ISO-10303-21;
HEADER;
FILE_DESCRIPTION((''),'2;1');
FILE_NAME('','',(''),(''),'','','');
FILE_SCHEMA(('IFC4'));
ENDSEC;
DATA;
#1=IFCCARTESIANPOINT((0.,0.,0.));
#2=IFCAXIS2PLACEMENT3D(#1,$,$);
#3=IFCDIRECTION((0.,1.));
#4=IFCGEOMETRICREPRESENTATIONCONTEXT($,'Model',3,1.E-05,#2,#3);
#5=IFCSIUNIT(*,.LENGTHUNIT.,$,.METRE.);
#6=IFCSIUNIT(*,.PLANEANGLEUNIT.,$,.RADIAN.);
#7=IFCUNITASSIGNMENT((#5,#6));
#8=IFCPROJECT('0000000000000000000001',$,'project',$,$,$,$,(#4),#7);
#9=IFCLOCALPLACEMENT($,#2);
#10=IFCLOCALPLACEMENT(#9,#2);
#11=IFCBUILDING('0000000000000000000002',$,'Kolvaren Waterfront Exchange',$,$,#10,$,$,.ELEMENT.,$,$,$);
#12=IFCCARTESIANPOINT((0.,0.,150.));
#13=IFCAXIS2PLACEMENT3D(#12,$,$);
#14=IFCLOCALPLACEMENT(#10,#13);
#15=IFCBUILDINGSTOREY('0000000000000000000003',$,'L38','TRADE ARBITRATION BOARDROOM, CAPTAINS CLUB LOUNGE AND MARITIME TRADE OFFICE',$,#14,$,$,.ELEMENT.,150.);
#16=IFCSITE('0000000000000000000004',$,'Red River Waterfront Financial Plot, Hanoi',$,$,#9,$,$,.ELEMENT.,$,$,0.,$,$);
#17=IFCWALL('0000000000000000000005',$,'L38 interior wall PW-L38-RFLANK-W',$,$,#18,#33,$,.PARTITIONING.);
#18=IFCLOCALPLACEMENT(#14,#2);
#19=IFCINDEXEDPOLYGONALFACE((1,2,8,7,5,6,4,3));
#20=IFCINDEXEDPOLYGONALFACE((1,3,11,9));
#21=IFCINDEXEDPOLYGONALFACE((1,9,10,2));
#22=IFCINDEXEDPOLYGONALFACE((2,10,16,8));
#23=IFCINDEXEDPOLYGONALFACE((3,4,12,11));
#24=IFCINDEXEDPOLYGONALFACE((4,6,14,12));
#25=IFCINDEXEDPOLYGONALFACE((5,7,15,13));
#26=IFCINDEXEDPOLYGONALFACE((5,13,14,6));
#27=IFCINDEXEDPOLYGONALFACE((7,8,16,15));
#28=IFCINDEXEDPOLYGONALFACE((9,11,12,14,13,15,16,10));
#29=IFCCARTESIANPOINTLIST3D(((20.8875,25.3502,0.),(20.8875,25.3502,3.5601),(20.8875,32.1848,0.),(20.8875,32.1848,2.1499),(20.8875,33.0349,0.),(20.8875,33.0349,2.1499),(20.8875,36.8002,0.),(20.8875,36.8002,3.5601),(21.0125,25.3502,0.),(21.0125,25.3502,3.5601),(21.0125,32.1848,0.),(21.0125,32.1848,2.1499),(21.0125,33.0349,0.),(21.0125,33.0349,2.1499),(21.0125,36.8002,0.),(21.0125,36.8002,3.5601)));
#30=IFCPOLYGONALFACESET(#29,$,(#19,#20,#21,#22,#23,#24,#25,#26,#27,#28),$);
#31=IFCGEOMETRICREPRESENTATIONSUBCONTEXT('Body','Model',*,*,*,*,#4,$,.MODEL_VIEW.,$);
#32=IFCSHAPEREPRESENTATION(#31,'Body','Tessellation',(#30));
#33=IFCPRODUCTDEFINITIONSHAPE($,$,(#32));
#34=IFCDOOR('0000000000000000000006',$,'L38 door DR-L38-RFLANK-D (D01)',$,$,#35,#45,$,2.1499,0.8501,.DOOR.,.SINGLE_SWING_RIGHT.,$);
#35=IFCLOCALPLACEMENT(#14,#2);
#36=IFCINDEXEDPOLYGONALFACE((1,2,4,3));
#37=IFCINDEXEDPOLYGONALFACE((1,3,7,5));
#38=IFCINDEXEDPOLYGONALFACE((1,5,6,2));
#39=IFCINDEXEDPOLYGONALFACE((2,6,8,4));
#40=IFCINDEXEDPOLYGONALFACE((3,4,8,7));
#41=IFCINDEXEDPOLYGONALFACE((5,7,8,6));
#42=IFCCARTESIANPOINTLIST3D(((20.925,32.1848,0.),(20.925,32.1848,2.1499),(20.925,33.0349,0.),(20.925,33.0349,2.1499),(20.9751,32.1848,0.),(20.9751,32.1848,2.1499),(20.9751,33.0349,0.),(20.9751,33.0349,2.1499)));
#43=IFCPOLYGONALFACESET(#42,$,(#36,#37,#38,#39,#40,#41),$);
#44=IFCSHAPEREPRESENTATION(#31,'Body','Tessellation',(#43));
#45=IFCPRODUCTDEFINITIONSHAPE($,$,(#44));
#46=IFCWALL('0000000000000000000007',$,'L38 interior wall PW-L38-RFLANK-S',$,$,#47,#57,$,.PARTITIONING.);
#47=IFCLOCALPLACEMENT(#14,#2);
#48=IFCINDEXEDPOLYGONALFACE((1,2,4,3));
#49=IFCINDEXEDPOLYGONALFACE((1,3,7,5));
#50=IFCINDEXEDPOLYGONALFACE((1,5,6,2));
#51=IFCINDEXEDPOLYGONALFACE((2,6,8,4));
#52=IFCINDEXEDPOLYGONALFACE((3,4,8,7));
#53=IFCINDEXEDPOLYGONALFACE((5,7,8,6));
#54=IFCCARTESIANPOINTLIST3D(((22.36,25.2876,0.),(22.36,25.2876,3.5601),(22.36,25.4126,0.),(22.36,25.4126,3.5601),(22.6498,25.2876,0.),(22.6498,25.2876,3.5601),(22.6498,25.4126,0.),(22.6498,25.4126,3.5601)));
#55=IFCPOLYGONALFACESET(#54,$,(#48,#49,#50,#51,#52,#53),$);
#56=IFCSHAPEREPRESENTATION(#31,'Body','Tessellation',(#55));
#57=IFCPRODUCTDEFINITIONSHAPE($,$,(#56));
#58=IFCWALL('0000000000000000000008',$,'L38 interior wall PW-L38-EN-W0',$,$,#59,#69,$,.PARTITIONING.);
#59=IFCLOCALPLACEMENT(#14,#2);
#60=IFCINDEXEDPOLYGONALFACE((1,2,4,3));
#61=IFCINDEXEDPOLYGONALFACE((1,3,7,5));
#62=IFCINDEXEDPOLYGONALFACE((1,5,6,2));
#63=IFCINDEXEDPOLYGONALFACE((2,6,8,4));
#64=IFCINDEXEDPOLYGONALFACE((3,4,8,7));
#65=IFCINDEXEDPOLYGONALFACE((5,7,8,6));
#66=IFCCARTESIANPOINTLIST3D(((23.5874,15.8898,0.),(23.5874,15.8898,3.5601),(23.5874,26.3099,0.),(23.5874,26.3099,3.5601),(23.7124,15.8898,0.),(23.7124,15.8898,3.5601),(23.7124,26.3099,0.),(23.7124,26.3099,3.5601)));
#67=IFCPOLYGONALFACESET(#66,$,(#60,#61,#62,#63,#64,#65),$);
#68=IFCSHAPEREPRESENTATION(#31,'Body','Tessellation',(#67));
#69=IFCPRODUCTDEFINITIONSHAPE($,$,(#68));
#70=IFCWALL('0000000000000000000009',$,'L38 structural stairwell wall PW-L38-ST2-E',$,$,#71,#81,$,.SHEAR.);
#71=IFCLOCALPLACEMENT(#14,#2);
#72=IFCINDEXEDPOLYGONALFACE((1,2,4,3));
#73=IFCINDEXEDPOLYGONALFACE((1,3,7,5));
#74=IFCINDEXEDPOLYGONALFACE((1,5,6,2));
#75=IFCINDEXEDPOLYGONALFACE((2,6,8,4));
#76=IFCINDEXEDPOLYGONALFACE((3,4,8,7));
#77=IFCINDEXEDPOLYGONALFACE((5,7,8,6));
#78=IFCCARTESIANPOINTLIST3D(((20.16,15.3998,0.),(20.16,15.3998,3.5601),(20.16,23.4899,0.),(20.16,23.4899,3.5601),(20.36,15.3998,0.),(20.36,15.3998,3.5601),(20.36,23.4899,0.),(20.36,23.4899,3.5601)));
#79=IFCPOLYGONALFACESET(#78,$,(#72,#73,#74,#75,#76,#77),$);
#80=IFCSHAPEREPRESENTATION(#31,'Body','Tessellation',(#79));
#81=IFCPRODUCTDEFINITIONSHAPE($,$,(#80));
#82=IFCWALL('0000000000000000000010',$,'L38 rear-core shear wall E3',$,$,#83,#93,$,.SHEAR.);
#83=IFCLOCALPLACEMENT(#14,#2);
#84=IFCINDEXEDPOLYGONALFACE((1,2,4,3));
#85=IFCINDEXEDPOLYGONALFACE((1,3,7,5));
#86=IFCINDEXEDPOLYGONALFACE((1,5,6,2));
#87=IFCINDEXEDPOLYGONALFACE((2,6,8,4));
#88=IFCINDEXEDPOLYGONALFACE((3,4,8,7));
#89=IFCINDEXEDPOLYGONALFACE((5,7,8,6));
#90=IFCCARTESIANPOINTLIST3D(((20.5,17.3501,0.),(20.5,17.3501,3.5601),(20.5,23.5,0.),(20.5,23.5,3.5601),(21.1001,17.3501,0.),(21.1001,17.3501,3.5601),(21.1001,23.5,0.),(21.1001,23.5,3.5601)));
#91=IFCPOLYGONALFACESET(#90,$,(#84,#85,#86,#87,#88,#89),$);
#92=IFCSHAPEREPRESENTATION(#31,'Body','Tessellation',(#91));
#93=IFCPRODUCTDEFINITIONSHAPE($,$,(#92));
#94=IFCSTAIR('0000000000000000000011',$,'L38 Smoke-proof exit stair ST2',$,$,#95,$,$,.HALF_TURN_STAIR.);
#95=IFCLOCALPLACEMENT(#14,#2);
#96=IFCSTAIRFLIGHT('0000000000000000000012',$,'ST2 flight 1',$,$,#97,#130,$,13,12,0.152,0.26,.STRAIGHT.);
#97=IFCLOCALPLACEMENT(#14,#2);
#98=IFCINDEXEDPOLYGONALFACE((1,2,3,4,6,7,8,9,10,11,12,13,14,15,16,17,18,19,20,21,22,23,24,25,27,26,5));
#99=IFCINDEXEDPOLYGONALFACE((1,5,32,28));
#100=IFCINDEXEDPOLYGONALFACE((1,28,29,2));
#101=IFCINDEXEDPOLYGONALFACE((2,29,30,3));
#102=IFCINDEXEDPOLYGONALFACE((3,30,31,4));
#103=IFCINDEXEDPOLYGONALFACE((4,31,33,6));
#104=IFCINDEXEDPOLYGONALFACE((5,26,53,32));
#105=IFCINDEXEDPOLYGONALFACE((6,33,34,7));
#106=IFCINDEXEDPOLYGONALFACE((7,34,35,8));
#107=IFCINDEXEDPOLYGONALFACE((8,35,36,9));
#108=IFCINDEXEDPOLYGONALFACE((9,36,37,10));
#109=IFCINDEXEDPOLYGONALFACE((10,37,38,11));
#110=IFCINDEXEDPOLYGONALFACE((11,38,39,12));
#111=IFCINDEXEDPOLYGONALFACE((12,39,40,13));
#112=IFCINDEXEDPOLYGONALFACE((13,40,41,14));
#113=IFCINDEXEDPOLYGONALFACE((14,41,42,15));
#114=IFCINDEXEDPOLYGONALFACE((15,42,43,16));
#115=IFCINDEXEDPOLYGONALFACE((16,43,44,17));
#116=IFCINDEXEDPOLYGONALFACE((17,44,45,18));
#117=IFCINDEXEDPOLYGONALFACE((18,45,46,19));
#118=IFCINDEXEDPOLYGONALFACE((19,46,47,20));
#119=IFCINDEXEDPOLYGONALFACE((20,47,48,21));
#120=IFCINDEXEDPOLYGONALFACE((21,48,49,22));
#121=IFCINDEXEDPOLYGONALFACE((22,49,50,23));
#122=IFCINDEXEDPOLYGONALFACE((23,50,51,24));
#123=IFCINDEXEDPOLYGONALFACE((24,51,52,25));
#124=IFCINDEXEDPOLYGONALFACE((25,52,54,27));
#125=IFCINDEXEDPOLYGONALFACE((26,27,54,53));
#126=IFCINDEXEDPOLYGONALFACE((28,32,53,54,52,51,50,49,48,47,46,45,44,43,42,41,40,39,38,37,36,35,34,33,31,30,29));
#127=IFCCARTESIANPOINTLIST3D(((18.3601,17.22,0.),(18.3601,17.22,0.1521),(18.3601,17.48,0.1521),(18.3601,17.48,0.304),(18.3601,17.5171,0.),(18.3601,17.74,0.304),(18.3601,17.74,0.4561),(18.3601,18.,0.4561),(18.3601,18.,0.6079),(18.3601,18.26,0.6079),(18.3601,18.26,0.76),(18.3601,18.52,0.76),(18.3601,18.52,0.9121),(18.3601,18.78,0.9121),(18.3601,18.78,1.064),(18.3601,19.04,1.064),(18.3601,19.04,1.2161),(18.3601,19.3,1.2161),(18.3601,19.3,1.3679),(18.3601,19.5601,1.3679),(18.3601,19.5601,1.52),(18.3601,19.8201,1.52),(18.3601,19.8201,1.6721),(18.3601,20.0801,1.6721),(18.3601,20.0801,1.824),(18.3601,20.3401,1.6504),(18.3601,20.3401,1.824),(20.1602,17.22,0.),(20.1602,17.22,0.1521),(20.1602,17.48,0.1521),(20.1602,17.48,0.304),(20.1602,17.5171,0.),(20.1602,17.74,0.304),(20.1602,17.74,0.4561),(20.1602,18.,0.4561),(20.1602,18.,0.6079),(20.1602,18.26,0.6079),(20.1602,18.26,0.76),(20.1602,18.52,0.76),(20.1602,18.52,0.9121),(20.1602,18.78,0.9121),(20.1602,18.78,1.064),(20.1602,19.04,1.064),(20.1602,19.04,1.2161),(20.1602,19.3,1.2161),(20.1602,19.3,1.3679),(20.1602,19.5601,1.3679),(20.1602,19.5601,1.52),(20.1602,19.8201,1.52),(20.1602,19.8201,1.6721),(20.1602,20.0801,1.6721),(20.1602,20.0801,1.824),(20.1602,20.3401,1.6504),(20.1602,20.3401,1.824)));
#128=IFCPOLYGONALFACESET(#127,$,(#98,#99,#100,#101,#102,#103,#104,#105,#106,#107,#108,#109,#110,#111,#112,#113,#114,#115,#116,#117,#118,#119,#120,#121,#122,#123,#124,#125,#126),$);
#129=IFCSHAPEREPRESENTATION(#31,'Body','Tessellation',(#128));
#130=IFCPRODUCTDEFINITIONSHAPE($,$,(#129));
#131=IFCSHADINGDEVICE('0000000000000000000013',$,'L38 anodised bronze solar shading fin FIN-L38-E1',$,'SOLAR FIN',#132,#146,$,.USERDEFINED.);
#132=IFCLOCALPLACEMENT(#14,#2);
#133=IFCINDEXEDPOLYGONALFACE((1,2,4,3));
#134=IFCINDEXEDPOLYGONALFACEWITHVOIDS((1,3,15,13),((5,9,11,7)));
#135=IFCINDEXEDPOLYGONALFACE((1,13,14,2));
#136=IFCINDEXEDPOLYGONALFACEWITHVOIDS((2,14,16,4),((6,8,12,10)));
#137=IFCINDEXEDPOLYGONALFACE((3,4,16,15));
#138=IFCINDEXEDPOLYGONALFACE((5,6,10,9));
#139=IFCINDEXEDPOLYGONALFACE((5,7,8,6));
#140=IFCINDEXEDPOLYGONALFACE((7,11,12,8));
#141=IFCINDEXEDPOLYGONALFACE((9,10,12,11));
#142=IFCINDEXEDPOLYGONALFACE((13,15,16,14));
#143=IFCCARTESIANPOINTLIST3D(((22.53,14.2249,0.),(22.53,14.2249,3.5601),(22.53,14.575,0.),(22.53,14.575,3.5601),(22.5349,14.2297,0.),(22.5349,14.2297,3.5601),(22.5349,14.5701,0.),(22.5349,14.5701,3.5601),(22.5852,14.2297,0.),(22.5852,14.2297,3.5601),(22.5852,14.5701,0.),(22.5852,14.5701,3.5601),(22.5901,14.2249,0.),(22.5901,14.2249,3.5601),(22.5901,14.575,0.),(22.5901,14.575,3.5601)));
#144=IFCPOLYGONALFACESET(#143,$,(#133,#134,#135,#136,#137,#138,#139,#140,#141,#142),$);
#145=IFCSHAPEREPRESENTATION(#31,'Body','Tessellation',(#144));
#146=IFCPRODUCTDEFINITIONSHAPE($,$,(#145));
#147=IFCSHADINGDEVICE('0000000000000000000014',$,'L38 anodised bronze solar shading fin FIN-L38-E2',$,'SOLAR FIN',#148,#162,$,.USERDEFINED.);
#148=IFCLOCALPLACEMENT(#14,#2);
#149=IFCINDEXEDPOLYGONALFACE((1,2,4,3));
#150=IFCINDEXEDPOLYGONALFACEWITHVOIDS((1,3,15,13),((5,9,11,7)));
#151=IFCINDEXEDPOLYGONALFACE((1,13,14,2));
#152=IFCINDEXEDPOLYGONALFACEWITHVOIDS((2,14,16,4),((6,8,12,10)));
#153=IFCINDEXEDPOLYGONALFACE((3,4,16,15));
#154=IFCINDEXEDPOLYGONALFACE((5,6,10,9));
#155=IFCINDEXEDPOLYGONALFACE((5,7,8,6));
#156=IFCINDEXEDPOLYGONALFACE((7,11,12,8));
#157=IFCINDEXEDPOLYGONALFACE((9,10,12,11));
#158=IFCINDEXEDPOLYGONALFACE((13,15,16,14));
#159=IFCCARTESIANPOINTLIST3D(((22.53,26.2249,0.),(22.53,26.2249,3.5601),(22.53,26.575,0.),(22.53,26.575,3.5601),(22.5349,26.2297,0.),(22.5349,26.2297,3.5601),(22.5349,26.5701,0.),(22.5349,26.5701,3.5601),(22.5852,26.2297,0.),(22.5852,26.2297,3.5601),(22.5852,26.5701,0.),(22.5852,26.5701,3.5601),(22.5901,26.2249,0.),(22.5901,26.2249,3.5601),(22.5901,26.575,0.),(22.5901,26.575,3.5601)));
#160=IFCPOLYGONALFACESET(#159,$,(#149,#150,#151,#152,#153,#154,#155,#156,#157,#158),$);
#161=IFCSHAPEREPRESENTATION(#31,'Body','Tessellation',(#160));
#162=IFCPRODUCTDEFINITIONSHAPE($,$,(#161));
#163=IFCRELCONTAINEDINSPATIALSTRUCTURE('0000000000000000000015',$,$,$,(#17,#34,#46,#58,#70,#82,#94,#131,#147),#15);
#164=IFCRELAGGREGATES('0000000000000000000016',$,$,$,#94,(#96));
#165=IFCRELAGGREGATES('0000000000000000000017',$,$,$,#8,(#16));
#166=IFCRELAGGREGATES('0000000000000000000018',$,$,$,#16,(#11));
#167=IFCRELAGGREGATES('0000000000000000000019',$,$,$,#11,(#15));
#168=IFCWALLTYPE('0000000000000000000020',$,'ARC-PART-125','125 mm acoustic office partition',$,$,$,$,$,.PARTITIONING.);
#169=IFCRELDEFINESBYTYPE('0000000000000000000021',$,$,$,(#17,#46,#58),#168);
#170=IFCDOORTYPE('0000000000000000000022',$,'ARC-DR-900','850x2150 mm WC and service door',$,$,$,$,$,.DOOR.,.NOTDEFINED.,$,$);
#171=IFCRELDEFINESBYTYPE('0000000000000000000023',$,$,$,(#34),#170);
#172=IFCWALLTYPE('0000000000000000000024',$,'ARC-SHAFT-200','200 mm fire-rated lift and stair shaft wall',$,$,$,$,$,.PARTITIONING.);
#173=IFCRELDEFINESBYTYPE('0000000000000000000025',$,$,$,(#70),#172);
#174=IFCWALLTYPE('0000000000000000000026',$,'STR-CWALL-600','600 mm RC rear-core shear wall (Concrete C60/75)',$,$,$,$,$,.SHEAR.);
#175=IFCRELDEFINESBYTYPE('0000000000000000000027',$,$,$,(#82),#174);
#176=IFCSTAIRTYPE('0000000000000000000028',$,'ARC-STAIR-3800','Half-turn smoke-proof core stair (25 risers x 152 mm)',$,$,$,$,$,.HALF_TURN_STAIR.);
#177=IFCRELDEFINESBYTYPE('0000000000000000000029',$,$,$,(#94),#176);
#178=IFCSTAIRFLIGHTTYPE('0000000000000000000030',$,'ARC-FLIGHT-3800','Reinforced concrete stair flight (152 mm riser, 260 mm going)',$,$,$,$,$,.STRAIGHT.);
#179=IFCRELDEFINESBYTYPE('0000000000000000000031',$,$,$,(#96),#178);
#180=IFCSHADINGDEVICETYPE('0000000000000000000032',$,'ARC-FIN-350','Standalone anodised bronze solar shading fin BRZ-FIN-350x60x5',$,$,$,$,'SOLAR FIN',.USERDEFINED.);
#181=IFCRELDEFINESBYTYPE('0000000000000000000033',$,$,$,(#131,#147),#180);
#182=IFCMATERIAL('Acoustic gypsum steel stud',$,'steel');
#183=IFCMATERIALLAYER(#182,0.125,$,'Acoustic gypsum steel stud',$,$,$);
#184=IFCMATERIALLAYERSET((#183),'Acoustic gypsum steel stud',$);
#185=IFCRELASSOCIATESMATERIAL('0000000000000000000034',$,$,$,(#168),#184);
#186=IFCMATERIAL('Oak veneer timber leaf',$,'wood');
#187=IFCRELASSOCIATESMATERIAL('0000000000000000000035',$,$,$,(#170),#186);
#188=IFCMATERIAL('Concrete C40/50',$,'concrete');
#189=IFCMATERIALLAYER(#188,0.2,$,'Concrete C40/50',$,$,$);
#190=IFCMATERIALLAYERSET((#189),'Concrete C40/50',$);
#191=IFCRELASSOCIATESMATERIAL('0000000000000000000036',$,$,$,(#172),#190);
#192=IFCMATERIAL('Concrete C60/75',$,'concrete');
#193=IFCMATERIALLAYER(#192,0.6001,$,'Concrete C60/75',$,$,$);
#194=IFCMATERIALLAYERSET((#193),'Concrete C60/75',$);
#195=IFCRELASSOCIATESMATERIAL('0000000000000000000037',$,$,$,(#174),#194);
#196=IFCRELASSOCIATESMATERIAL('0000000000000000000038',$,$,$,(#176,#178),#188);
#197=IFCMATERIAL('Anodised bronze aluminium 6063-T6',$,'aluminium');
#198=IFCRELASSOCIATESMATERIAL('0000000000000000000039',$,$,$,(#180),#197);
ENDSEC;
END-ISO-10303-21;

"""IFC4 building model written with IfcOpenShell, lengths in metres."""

from ifc_helpers import new_model, si_unit, direction, frame, frame_2d, origin, origin_2d, place, context, subcontext, project, spatial, polyline, rectangle, hollow_rectangle, outline, extrude, material, layer, layer_set, material_profile, profile_set, type_object, element, fill, aggregate, save


model = new_model("IFC4")

# Units and contexts
model_context = context("Model", 3, precision=1e-05, world=origin(), true_north=direction((0.0, 1.0)))
body_context = subcontext(model_context, "Body", "Model", "MODEL_VIEW")
ifc_project = project(units=[si_unit("LENGTHUNIT", "METRE"), si_unit("PLANEANGLEUNIT", "RADIAN")], contexts=[model_context])

# Site, building, storey
site_placement = place(None, origin())
site = spatial("IfcSite", under=ifc_project, at=site_placement, Name="Red River Waterfront Financial Plot, Hanoi", CompositionType="ELEMENT", RefElevation=0.0)
building_placement = place(site_placement, origin())
building = spatial("IfcBuilding", under=site, at=building_placement, Name="Kolvaren Waterfront Exchange", CompositionType="ELEMENT")
storey_placement = place(building_placement, frame((0.0, 0.0, 150.0)))
storey = spatial("IfcBuildingStorey", under=building, at=storey_placement, Name="L38", Description="TRADE ARBITRATION BOARDROOM, CAPTAINS CLUB LOUNGE AND MARITIME TRADE OFFICE", CompositionType="ELEMENT", Elevation=150.0)

# Shared definitions
ifc_material_1 = material(Name="Concrete C60/75", Category="concrete")

# Shared definitions
ifc_material_2 = material(Name="Anodised bronze aluminium 6063-T6", Category="aluminium")

# Wall, opening, door
ifc_material_3 = material(Name="Acoustic gypsum steel stud", Category="steel")
ifc_layer_1 = layer(ifc_material_3, 0.125, Name="Acoustic gypsum steel stud")
ifc_layer_set_1 = layer_set([ifc_layer_1], Name="Acoustic gypsum steel stud")
wall_type_1 = type_object("IfcWallType", Name="ARC-PART-125", Description="125 mm acoustic office partition", PredefinedType="PARTITIONING", material=ifc_layer_set_1)
wall_1_placement = place(storey_placement, frame((20.95, 25.3501, 0.0), z_axis=(0.0, 0.0, 1.0), x_axis=(0.0, 1.0, 0.0)))
wall_1 = element("IfcWall", 1, at=wall_1_placement, inside=storey, type_object=wall_type_1, Name="L38 interior wall PW-L38-RFLANK-W", PredefinedType="PARTITIONING", context=body_context, shape_type="SweptSolid", body=[
    extrude(rectangle(XDim=11.45, YDim=0.125, at=frame_2d((5.7251, 0.0))), origin(), (0.0, 0.0, 1.0), 3.5601),
])
opening_1_placement = place(wall_1_placement, frame((6.8347, 0.0, 0.0)))
opening_1 = element("IfcOpeningElement", 2, at=opening_1_placement, cuts=wall_1, PredefinedType="OPENING", context=body_context, shape_type="SweptSolid", body=[
    extrude(rectangle(XDim=0.8501, YDim=2.1499, at=frame_2d((0.425, 1.075))), frame((0.0, 0.0725, 0.0), z_axis=(0.0, -1.0, 0.0), x_axis=(1.0, 0.0, 0.0)), (0.0, 0.0, 1.0), 0.145),
])
ifc_material_4 = material(Name="Oak veneer timber leaf", Category="wood")
door_type_1 = type_object("IfcDoorType", Name="ARC-DR-900", Description="850x2150 mm WC and service door", OperationType="NOTDEFINED", PredefinedType="DOOR", material=ifc_material_4)
door_1_placement = place(opening_1_placement, origin())
door_1 = element("IfcDoor", 3, at=door_1_placement, inside=storey, type_object=door_type_1, Name="L38 door DR-L38-RFLANK-D (D01)", OperationType="SINGLE_SWING_RIGHT", OverallHeight=2.1499, OverallWidth=0.8501, PredefinedType="DOOR", context=body_context, shape_type="SweptSolid", body=[
    extrude(rectangle(XDim=0.8501, YDim=2.1499, at=frame_2d((0.425, 1.075))), frame((0.0, 0.0249, 0.0), z_axis=(0.0, -1.0, 0.0), x_axis=(1.0, 0.0, 0.0)), (0.0, 0.0, 1.0), 0.05),
])
fill(opening_1, door_1)

# Walls
wall_2_placement = place(storey_placement, frame((22.6499, 25.3501, 0.0), z_axis=(0.0, 0.0, 1.0), x_axis=(-1.0, 0.0, 0.0)))
element("IfcWall", 4, at=wall_2_placement, inside=storey, type_object=wall_type_1, Name="L38 interior wall PW-L38-RFLANK-S", PredefinedType="PARTITIONING", context=body_context, shape_type="SweptSolid", body=[
    extrude(rectangle(XDim=0.2898, YDim=0.125, at=frame_2d((0.145, 0.0))), origin(), (0.0, 0.0, 1.0), 3.5601),
])
wall_3_placement = place(storey_placement, frame((23.6499, 15.8899, 0.0), z_axis=(0.0, 0.0, 1.0), x_axis=(0.0, 1.0, 0.0)))
element("IfcWall", 5, at=wall_3_placement, inside=storey, type_object=wall_type_1, Name="L38 interior wall PW-L38-EN-W0", PredefinedType="PARTITIONING", context=body_context, shape_type="SweptSolid", body=[
    extrude(rectangle(XDim=10.4202, YDim=0.125, at=frame_2d((5.21, 0.0))), origin(), (0.0, 0.0, 1.0), 3.5601),
])
ifc_material_5 = material(Name="Concrete C40/50", Category="concrete")
ifc_layer_2 = layer(ifc_material_5, 0.2, Name="Concrete C40/50")
ifc_layer_set_2 = layer_set([ifc_layer_2], Name="Concrete C40/50")
wall_type_2 = type_object("IfcWallType", Name="ARC-SHAFT-200", Description="200 mm fire-rated lift and stair shaft wall", PredefinedType="PARTITIONING", material=ifc_layer_set_2)
wall_4_placement = place(storey_placement, frame((20.26, 15.3999, 0.0), z_axis=(0.0, 0.0, 1.0), x_axis=(0.0, 1.0, 0.0)))
element("IfcWall", 6, at=wall_4_placement, inside=storey, type_object=wall_type_2, Name="L38 structural stairwell wall PW-L38-ST2-E", PredefinedType="SHEAR", context=body_context, shape_type="SweptSolid", body=[
    extrude(rectangle(XDim=8.0901, YDim=0.2, at=frame_2d((4.0449, 0.0))), origin(), (0.0, 0.0, 1.0), 3.5601),
])
ifc_layer_3 = layer(ifc_material_1, 0.6001, Name="Concrete C60/75")
ifc_layer_set_3 = layer_set([ifc_layer_3], Name="Concrete C60/75")
wall_type_3 = type_object("IfcWallType", Name="STR-CWALL-600", Description="600 mm RC rear-core shear wall (Concrete C60/75)", PredefinedType="SHEAR", material=ifc_layer_set_3)
wall_5_placement = place(storey_placement, frame((20.8, 17.3501, 0.0), z_axis=(0.0, 0.0, 1.0), x_axis=(0.0, 1.0, 0.0)))
element("IfcWall", 7, at=wall_5_placement, inside=storey, type_object=wall_type_3, Name="L38 rear-core shear wall E3", PredefinedType="SHEAR", context=body_context, shape_type="SweptSolid", body=[
    extrude(rectangle(XDim=6.1499, YDim=0.6001, at=frame_2d((3.075, 0.0))), origin(), (0.0, 0.0, 1.0), 3.5601),
])

# Stair, stair flight
stair_type = type_object("IfcStairType", Name="ARC-STAIR-3800", Description="Half-turn smoke-proof core stair (25 risers x 152 mm)", PredefinedType="HALF_TURN_STAIR", material=ifc_material_5)
stair_placement = place(storey_placement, origin())
stair = element("IfcStair", 8, at=stair_placement, inside=storey, type_object=stair_type, Name="L38 Smoke-proof exit stair ST2", PredefinedType="HALF_TURN_STAIR")
stair_flight_type = type_object("IfcStairFlightType", Name="ARC-FLIGHT-3800", Description="Reinforced concrete stair flight (152 mm riser, 260 mm going)", PredefinedType="STRAIGHT", material=ifc_material_5)
stair_flight_placement = place(storey_placement, frame((19.26, 17.22, 0.0), z_axis=(0.0, 0.0, 1.0), x_axis=(0.0, 1.0, 0.0)))
stair_flight = element("IfcStairFlight", 9, at=stair_flight_placement, type_object=stair_flight_type, Name="ST2 flight 1", NumberOfRisers=13, NumberOfTreads=12, PredefinedType="STRAIGHT", RiserHeight=0.152, TreadLength=0.26, context=body_context, shape_type="SweptSolid", body=[
    extrude(outline(polyline([(0.0, 0.0), (0.0, 0.1521), (0.26, 0.1521), (0.26, 0.304), (0.52, 0.304), (0.52, 0.4561), (0.78, 0.4561), (0.78, 0.6079), (1.04, 0.6079), (1.04, 0.76), (1.3, 0.76), (1.3, 0.9121), (1.5601, 0.9121), (1.5601, 1.064), (1.8201, 1.064), (1.8201, 1.2161), (2.0801, 1.2161), (2.0801, 1.3679), (2.3401, 1.3679), (2.3401, 1.52), (2.6001, 1.52), (2.6001, 1.6721), (2.8601, 1.6721), (2.8601, 1.824), (3.1201, 1.824), (3.1201, 1.9761), (3.1201, 1.6504), (0.2971, 0.0), (0.0, 0.0)])), frame((0.0, 0.8999, 0.0), z_axis=(0.0, -1.0, 0.0), x_axis=(1.0, 0.0, 0.0)), (0.0, 0.0, 1.0), 1.8),
])
aggregate(stair, [stair_flight])

# Shading devices
ifc_material_profile_1 = material_profile(ifc_material_2, hollow_rectangle(XDim=0.0601, YDim=0.3501, WallThickness=0.0049, at=origin_2d()), Name="BRZ-FIN-350x60x5")
ifc_profile_set_1 = profile_set([ifc_material_profile_1], Name="Anodised bronze aluminium 6063-T6")
shading_device_type = type_object("IfcShadingDeviceType", Name="ARC-FIN-350", Description="Standalone anodised bronze solar shading fin BRZ-FIN-350x60x5", ElementType="SOLAR FIN", PredefinedType="USERDEFINED", material=ifc_profile_set_1)
for number, where, z_axis, x_axis, name in (
    (10, (22.5601, 14.3999, 0.0), (0.0, 0.0, 1.0), (1.0, 0.0, 0.0), "L38 anodised bronze solar shading fin FIN-L38-E1"),
    (11, (22.5601, 26.3999, 0.0), (0.0, 0.0, 1.0), (1.0, 0.0, 0.0), "L38 anodised bronze solar shading fin FIN-L38-E2"),
):
    element("IfcShadingDevice", number, at=place(storey_placement, frame(where, z_axis=z_axis, x_axis=x_axis)), inside=storey, type_object=shading_device_type, Name=name, ObjectType="SOLAR FIN", PredefinedType="USERDEFINED", context=body_context, shape_type="SweptSolid", body=[
        extrude(hollow_rectangle(XDim=0.0601, YDim=0.3501, WallThickness=0.0049, at=origin_2d()), origin(), (0.0, 0.0, 1.0), 3.5601),
    ])

save(model, "model.ifc")
